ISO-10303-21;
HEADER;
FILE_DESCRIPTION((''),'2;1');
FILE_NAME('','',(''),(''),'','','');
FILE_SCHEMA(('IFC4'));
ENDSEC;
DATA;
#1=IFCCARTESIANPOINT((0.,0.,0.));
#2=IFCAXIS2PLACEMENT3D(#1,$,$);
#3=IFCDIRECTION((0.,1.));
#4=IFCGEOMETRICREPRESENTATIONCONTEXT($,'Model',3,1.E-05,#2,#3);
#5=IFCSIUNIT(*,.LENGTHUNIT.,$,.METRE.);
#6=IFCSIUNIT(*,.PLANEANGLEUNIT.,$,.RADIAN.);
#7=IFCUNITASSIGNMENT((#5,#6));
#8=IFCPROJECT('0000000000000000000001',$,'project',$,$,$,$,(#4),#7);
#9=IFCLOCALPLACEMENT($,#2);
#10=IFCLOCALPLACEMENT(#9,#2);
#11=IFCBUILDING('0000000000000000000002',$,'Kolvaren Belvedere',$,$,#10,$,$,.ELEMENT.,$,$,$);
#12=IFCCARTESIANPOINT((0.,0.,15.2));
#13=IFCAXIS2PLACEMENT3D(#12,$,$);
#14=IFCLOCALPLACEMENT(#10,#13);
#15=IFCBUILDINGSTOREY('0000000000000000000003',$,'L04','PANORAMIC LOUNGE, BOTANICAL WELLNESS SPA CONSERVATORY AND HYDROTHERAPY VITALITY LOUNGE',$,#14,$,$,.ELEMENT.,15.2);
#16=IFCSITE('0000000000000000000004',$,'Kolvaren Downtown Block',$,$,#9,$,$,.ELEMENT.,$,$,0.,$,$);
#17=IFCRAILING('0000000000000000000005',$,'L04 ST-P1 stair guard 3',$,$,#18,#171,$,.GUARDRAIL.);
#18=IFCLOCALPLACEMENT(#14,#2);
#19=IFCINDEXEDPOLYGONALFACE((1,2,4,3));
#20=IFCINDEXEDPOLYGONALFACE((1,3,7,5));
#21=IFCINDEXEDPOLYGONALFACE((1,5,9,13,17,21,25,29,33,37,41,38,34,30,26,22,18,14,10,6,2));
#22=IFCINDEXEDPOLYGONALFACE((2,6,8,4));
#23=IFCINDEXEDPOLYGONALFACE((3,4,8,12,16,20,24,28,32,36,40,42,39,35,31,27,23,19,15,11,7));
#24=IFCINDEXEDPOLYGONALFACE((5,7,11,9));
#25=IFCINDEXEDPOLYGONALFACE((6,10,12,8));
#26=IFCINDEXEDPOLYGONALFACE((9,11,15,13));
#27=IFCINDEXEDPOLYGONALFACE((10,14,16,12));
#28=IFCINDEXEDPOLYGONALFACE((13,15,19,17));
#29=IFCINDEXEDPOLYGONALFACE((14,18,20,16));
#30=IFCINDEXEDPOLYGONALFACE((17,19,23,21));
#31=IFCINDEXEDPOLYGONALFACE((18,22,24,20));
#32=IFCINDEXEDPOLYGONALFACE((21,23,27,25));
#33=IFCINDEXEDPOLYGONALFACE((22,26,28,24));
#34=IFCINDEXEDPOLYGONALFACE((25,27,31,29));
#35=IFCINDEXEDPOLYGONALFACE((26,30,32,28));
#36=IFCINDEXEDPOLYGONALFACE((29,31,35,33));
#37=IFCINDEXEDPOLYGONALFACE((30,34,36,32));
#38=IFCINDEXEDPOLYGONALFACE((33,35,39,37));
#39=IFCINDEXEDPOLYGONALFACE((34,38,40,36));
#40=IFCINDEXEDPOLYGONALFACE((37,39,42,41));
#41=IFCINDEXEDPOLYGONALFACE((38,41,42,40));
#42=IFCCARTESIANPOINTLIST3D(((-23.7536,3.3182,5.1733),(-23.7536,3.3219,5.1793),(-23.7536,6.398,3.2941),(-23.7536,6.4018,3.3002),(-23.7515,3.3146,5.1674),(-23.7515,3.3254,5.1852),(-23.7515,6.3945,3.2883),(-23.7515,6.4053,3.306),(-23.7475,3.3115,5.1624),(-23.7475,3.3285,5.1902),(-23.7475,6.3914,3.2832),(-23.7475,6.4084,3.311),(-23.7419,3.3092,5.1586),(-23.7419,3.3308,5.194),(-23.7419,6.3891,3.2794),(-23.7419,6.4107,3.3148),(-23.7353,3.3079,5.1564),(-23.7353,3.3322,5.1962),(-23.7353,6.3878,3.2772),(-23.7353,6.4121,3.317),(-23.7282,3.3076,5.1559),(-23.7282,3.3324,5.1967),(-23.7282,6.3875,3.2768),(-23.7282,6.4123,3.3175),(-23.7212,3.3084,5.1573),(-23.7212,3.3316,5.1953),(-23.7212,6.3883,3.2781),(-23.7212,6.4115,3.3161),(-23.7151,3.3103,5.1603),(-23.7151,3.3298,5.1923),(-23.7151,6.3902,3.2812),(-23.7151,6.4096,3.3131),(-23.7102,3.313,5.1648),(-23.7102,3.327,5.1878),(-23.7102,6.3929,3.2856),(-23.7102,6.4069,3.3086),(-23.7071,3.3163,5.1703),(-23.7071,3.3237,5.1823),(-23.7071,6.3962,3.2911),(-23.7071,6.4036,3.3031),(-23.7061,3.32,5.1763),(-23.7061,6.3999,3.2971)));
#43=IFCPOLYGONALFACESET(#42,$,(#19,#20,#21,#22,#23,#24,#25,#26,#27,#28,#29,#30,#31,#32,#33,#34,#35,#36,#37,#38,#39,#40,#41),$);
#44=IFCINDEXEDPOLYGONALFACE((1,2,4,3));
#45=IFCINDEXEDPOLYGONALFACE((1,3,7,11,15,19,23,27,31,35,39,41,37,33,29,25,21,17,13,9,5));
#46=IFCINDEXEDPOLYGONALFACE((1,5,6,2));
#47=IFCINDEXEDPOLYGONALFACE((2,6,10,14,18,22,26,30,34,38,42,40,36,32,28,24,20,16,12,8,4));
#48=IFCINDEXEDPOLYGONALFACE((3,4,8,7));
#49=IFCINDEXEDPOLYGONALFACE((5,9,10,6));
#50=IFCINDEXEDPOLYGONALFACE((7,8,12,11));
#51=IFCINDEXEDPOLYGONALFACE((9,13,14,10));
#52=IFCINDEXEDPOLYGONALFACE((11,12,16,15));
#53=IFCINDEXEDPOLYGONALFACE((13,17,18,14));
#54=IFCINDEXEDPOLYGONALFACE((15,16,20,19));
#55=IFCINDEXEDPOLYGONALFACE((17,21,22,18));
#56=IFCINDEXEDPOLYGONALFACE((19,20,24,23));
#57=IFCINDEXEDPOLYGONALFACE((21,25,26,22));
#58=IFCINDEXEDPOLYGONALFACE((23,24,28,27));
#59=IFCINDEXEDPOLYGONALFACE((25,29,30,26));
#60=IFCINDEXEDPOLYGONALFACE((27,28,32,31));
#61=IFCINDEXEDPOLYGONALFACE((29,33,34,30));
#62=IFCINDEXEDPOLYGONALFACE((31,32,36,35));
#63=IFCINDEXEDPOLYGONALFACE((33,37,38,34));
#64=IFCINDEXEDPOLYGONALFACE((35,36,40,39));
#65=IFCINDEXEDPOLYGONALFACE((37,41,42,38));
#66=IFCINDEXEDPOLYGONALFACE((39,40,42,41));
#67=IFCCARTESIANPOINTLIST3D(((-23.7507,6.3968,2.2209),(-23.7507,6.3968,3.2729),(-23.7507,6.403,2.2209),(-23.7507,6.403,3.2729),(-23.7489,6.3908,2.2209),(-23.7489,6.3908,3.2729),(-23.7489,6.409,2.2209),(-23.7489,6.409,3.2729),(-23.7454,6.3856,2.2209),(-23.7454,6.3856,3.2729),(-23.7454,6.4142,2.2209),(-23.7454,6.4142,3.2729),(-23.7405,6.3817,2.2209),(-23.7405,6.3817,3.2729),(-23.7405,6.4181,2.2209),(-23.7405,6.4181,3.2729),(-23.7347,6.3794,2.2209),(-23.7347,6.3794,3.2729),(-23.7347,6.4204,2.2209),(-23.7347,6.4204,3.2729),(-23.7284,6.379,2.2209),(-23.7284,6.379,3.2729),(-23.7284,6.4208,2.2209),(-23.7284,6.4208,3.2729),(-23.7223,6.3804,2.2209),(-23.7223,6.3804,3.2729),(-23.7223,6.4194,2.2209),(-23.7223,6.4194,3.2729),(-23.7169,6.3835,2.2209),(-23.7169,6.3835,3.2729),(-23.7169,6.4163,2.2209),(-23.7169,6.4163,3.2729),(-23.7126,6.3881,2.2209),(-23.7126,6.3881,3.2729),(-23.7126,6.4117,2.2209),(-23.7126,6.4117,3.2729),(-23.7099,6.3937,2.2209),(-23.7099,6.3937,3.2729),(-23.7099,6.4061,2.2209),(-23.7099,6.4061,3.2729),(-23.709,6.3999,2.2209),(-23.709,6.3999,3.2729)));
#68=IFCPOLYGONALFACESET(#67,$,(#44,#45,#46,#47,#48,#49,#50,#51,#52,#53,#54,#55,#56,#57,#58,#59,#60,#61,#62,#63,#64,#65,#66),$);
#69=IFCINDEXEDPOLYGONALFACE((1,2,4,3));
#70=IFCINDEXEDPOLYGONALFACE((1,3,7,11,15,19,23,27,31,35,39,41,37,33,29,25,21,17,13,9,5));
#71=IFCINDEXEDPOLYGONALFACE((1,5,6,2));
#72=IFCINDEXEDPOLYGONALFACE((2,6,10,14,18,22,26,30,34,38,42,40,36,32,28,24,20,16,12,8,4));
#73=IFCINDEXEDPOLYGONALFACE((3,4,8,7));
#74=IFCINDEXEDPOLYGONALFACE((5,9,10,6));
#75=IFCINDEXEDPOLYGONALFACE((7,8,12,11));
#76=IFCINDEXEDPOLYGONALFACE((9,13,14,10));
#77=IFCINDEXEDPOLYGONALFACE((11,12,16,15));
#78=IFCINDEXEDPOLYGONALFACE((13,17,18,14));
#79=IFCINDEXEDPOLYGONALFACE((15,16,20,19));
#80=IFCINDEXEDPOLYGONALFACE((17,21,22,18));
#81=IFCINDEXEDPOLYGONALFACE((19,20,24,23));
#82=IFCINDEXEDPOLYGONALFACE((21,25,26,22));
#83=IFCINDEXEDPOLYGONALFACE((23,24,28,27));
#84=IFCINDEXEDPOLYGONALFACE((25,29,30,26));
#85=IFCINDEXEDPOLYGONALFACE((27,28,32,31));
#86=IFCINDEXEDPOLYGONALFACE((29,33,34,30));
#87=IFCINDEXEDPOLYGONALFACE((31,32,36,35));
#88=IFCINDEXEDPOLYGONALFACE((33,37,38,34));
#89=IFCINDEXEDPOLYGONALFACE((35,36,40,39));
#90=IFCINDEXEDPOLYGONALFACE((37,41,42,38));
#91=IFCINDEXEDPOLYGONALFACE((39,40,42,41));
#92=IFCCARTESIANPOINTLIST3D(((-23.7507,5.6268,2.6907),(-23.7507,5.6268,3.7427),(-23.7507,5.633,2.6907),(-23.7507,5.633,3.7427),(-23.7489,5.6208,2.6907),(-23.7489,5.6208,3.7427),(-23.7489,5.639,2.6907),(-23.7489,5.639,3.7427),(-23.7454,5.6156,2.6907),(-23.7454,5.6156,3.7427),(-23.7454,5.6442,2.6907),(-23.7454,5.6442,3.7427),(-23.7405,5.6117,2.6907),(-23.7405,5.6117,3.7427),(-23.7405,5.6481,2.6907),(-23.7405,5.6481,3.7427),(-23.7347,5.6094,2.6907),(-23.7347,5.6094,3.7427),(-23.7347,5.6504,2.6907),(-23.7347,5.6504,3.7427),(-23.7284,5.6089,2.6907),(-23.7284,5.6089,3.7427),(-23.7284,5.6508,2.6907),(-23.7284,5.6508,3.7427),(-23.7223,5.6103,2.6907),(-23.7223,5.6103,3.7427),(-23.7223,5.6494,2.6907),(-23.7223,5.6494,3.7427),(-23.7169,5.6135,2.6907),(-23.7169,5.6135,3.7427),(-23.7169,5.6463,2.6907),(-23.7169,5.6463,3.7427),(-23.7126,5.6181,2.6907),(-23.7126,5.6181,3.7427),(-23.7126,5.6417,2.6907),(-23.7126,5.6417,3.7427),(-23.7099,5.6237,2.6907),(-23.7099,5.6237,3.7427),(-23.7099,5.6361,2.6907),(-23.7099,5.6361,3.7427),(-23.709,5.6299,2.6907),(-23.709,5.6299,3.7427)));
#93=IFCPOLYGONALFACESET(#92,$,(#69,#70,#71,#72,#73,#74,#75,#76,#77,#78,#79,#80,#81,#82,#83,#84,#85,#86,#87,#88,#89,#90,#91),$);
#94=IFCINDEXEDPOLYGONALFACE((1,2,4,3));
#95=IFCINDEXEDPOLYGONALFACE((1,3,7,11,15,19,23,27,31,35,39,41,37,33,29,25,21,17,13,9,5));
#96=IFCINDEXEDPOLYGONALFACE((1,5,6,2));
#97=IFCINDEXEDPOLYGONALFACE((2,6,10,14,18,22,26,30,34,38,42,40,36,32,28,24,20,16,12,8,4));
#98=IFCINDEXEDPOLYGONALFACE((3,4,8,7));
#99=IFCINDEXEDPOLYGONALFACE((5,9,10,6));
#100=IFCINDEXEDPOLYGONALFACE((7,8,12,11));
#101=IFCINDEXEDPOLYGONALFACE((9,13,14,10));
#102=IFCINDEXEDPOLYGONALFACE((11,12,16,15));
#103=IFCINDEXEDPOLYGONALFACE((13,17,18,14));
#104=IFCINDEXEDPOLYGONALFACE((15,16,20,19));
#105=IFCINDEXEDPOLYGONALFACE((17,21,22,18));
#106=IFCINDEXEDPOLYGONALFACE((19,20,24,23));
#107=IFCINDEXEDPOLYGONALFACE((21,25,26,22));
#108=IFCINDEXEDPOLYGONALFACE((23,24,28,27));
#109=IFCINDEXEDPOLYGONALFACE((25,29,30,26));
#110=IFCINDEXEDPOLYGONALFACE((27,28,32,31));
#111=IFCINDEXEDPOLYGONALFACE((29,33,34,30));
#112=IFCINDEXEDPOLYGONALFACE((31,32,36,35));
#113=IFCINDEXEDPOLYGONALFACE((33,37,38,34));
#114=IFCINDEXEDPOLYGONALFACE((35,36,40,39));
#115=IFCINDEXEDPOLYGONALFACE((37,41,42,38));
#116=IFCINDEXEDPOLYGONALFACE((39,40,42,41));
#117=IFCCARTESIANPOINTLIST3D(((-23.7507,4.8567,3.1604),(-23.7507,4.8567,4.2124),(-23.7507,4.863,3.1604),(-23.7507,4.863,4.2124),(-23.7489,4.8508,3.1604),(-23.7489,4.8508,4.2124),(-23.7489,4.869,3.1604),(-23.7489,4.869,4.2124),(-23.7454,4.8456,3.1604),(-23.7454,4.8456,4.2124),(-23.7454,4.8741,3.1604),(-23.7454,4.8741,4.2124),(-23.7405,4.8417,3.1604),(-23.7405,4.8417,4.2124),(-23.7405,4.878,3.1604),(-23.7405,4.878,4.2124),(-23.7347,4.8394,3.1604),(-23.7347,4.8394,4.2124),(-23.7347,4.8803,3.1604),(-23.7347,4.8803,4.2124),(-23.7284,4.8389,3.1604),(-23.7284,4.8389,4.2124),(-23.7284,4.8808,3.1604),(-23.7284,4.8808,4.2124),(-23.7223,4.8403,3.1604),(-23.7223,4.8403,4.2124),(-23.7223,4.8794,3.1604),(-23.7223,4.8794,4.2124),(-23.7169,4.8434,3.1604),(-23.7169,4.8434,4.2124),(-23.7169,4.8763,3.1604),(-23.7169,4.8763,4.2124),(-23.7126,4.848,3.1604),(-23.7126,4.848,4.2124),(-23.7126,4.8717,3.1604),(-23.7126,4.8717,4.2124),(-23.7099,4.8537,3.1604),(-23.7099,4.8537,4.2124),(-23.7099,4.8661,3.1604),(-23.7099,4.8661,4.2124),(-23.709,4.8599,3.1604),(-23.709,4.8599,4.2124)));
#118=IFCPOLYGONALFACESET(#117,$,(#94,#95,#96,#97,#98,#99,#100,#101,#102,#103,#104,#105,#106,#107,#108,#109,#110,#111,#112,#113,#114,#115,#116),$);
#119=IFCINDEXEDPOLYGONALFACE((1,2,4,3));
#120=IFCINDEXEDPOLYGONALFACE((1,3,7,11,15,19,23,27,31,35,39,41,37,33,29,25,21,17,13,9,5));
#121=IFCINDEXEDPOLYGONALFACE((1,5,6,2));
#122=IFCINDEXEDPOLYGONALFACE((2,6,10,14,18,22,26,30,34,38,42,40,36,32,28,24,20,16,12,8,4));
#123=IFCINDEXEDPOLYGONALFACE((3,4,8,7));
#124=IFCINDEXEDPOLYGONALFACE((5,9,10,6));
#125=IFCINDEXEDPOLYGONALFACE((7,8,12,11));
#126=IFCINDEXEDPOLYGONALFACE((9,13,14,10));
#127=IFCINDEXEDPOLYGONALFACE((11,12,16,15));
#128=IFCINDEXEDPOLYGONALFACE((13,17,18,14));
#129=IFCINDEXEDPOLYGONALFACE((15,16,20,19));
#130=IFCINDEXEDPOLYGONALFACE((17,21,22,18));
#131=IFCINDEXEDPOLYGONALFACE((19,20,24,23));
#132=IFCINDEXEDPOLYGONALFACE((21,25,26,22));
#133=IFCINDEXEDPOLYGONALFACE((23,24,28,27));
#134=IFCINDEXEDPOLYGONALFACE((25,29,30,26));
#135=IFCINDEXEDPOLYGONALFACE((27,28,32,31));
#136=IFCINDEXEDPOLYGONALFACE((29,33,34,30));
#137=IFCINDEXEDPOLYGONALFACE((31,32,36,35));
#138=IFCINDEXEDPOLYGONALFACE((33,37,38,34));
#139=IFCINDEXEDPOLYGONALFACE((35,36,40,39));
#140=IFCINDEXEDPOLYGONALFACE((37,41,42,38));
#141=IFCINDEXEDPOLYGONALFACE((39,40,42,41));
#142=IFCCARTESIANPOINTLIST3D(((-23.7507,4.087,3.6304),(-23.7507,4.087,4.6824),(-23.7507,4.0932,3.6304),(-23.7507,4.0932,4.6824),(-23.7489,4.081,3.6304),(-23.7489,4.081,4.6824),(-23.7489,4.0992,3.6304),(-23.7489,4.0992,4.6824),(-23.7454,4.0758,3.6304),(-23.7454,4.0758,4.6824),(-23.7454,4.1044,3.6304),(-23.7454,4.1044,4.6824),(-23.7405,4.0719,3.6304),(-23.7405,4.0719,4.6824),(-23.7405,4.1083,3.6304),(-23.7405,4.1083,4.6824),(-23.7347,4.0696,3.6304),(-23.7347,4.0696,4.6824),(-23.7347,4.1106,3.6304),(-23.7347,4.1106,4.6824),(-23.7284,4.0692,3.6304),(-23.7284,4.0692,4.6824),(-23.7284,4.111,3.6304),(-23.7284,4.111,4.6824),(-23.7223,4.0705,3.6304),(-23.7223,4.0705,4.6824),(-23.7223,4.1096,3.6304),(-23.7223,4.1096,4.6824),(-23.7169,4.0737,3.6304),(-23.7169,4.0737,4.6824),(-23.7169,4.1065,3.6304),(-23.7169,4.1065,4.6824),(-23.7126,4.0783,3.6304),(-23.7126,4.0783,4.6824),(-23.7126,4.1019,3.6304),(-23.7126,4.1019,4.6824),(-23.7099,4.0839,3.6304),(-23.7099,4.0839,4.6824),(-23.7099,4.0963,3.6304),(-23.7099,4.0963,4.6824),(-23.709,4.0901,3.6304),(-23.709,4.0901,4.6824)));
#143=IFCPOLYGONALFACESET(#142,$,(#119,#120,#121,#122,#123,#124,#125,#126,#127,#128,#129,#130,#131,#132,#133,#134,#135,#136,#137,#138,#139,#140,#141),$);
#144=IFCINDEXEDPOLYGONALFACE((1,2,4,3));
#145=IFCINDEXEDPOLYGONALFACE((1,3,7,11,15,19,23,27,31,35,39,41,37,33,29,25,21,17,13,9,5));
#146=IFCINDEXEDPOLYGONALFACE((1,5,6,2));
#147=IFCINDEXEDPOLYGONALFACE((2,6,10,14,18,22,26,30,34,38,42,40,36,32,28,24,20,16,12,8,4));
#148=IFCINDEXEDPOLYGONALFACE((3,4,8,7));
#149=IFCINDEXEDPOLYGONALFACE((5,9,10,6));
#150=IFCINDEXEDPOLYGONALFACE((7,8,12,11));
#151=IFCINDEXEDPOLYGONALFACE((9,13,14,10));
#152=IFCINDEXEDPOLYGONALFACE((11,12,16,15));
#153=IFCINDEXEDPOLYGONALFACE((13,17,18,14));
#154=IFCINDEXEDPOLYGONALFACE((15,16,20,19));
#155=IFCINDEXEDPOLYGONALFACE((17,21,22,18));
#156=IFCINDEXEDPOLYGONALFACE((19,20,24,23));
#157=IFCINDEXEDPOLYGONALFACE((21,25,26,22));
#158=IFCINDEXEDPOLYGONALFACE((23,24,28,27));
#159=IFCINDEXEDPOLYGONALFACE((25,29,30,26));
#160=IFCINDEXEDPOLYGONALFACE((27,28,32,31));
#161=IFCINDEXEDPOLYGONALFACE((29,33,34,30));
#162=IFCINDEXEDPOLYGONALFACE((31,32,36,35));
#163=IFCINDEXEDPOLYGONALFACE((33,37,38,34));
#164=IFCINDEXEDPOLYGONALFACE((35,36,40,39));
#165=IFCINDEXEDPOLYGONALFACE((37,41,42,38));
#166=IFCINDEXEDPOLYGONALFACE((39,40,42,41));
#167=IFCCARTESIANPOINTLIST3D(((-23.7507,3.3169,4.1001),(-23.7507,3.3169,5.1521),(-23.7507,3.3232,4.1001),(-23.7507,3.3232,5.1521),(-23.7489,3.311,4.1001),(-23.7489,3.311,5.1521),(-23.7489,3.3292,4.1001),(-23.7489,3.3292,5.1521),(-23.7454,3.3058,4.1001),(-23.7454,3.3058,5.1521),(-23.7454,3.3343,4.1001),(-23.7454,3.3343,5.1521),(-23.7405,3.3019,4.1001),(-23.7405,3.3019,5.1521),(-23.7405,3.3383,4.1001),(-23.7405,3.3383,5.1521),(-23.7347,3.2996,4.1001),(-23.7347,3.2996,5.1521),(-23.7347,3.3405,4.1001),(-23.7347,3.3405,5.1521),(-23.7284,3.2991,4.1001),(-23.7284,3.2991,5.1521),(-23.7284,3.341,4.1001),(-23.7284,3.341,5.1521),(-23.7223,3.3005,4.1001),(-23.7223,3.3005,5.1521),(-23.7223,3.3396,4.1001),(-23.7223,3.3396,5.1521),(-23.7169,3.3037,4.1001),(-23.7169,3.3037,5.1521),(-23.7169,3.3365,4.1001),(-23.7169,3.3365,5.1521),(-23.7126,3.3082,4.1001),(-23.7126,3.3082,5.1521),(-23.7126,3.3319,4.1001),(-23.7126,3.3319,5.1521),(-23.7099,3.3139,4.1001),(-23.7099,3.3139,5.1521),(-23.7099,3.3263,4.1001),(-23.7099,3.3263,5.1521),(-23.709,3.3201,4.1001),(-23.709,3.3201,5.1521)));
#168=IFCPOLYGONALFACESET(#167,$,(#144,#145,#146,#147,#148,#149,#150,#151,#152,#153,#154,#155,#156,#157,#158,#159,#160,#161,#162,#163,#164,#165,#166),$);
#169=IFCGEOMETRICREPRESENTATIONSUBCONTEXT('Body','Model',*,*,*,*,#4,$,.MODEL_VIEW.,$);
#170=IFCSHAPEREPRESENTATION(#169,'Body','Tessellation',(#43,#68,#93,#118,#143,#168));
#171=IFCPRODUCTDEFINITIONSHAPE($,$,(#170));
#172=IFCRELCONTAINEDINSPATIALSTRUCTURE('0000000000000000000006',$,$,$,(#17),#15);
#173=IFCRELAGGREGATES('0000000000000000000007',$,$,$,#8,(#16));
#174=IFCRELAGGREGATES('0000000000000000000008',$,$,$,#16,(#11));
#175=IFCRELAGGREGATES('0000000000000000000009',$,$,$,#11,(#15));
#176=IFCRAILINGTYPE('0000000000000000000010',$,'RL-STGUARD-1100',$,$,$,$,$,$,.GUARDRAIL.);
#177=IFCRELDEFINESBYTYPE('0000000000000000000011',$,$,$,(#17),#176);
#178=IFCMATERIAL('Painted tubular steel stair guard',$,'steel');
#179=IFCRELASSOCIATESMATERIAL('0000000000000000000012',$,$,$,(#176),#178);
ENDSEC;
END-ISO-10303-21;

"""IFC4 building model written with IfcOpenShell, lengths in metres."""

from ifc_helpers import new_model, si_unit, direction, frame, origin, origin_2d, place, context, subcontext, project, spatial, circle, extrude, material, type_object, element, save


model = new_model("IFC4")

# Units and contexts
model_context = context("Model", 3, precision=1e-05, world=origin(), true_north=direction((0.0, 1.0)))
body_context = subcontext(model_context, "Body", "Model", "MODEL_VIEW")
ifc_project = project(units=[si_unit("LENGTHUNIT", "METRE"), si_unit("PLANEANGLEUNIT", "RADIAN")], contexts=[model_context])

# Site, building, storey
site_placement = place(None, origin())
site = spatial("IfcSite", under=ifc_project, at=site_placement, Name="Kolvaren Downtown Block", CompositionType="ELEMENT", RefElevation=0.0)
building_placement = place(site_placement, origin())
building = spatial("IfcBuilding", under=site, at=building_placement, Name="Kolvaren Belvedere", CompositionType="ELEMENT")
storey_placement = place(building_placement, frame((0.0, 0.0, 15.2)))
storey = spatial("IfcBuildingStorey", under=building, at=storey_placement, Name="L04", Description="PANORAMIC LOUNGE, BOTANICAL WELLNESS SPA CONSERVATORY AND HYDROTHERAPY VITALITY LOUNGE", CompositionType="ELEMENT", Elevation=15.2)

# Railing
ifc_material_1 = material(Name="Painted tubular steel stair guard", Category="steel")
railing_type_1 = type_object("IfcRailingType", Name="RL-STGUARD-1100", PredefinedType="GUARDRAIL", material=ifc_material_1)
railing_1_placement = place(storey_placement, frame((-23.73, 6.3999, 2.2209)))
element("IfcRailing", 1, at=railing_1_placement, inside=storey, type_object=railing_type_1, Name="L04 ST-P1 stair guard 3", PredefinedType="GUARDRAIL", context=body_context, shape_type="SweptSolid", body=[
    extrude(circle(Radius=0.0239, at=origin_2d()), frame((0.0, 0.0, 1.0762), z_axis=(0.0, -0.853648, 0.52085), x_axis=(1.0, 0.0, 0.0)), (0.0, 0.0, 1.0), 3.6079),
    extrude(circle(Radius=0.021, at=origin_2d()), origin(), (0.0, 0.0, 1.0), 1.052),
    extrude(circle(Radius=0.021, at=origin_2d()), frame((0.0, -0.77, 0.4697)), (0.0, 0.0, 1.0), 1.052),
    extrude(circle(Radius=0.021, at=origin_2d()), frame((0.0, -1.54, 0.9395)), (0.0, 0.0, 1.0), 1.052),
    extrude(circle(Radius=0.021, at=origin_2d()), frame((0.0, -2.3098, 1.4094)), (0.0, 0.0, 1.0), 1.052),
    extrude(circle(Radius=0.021, at=origin_2d()), frame((0.0, -3.0798, 1.8792)), (0.0, 0.0, 1.0), 1.052),
])

save(model, "model.ifc")
